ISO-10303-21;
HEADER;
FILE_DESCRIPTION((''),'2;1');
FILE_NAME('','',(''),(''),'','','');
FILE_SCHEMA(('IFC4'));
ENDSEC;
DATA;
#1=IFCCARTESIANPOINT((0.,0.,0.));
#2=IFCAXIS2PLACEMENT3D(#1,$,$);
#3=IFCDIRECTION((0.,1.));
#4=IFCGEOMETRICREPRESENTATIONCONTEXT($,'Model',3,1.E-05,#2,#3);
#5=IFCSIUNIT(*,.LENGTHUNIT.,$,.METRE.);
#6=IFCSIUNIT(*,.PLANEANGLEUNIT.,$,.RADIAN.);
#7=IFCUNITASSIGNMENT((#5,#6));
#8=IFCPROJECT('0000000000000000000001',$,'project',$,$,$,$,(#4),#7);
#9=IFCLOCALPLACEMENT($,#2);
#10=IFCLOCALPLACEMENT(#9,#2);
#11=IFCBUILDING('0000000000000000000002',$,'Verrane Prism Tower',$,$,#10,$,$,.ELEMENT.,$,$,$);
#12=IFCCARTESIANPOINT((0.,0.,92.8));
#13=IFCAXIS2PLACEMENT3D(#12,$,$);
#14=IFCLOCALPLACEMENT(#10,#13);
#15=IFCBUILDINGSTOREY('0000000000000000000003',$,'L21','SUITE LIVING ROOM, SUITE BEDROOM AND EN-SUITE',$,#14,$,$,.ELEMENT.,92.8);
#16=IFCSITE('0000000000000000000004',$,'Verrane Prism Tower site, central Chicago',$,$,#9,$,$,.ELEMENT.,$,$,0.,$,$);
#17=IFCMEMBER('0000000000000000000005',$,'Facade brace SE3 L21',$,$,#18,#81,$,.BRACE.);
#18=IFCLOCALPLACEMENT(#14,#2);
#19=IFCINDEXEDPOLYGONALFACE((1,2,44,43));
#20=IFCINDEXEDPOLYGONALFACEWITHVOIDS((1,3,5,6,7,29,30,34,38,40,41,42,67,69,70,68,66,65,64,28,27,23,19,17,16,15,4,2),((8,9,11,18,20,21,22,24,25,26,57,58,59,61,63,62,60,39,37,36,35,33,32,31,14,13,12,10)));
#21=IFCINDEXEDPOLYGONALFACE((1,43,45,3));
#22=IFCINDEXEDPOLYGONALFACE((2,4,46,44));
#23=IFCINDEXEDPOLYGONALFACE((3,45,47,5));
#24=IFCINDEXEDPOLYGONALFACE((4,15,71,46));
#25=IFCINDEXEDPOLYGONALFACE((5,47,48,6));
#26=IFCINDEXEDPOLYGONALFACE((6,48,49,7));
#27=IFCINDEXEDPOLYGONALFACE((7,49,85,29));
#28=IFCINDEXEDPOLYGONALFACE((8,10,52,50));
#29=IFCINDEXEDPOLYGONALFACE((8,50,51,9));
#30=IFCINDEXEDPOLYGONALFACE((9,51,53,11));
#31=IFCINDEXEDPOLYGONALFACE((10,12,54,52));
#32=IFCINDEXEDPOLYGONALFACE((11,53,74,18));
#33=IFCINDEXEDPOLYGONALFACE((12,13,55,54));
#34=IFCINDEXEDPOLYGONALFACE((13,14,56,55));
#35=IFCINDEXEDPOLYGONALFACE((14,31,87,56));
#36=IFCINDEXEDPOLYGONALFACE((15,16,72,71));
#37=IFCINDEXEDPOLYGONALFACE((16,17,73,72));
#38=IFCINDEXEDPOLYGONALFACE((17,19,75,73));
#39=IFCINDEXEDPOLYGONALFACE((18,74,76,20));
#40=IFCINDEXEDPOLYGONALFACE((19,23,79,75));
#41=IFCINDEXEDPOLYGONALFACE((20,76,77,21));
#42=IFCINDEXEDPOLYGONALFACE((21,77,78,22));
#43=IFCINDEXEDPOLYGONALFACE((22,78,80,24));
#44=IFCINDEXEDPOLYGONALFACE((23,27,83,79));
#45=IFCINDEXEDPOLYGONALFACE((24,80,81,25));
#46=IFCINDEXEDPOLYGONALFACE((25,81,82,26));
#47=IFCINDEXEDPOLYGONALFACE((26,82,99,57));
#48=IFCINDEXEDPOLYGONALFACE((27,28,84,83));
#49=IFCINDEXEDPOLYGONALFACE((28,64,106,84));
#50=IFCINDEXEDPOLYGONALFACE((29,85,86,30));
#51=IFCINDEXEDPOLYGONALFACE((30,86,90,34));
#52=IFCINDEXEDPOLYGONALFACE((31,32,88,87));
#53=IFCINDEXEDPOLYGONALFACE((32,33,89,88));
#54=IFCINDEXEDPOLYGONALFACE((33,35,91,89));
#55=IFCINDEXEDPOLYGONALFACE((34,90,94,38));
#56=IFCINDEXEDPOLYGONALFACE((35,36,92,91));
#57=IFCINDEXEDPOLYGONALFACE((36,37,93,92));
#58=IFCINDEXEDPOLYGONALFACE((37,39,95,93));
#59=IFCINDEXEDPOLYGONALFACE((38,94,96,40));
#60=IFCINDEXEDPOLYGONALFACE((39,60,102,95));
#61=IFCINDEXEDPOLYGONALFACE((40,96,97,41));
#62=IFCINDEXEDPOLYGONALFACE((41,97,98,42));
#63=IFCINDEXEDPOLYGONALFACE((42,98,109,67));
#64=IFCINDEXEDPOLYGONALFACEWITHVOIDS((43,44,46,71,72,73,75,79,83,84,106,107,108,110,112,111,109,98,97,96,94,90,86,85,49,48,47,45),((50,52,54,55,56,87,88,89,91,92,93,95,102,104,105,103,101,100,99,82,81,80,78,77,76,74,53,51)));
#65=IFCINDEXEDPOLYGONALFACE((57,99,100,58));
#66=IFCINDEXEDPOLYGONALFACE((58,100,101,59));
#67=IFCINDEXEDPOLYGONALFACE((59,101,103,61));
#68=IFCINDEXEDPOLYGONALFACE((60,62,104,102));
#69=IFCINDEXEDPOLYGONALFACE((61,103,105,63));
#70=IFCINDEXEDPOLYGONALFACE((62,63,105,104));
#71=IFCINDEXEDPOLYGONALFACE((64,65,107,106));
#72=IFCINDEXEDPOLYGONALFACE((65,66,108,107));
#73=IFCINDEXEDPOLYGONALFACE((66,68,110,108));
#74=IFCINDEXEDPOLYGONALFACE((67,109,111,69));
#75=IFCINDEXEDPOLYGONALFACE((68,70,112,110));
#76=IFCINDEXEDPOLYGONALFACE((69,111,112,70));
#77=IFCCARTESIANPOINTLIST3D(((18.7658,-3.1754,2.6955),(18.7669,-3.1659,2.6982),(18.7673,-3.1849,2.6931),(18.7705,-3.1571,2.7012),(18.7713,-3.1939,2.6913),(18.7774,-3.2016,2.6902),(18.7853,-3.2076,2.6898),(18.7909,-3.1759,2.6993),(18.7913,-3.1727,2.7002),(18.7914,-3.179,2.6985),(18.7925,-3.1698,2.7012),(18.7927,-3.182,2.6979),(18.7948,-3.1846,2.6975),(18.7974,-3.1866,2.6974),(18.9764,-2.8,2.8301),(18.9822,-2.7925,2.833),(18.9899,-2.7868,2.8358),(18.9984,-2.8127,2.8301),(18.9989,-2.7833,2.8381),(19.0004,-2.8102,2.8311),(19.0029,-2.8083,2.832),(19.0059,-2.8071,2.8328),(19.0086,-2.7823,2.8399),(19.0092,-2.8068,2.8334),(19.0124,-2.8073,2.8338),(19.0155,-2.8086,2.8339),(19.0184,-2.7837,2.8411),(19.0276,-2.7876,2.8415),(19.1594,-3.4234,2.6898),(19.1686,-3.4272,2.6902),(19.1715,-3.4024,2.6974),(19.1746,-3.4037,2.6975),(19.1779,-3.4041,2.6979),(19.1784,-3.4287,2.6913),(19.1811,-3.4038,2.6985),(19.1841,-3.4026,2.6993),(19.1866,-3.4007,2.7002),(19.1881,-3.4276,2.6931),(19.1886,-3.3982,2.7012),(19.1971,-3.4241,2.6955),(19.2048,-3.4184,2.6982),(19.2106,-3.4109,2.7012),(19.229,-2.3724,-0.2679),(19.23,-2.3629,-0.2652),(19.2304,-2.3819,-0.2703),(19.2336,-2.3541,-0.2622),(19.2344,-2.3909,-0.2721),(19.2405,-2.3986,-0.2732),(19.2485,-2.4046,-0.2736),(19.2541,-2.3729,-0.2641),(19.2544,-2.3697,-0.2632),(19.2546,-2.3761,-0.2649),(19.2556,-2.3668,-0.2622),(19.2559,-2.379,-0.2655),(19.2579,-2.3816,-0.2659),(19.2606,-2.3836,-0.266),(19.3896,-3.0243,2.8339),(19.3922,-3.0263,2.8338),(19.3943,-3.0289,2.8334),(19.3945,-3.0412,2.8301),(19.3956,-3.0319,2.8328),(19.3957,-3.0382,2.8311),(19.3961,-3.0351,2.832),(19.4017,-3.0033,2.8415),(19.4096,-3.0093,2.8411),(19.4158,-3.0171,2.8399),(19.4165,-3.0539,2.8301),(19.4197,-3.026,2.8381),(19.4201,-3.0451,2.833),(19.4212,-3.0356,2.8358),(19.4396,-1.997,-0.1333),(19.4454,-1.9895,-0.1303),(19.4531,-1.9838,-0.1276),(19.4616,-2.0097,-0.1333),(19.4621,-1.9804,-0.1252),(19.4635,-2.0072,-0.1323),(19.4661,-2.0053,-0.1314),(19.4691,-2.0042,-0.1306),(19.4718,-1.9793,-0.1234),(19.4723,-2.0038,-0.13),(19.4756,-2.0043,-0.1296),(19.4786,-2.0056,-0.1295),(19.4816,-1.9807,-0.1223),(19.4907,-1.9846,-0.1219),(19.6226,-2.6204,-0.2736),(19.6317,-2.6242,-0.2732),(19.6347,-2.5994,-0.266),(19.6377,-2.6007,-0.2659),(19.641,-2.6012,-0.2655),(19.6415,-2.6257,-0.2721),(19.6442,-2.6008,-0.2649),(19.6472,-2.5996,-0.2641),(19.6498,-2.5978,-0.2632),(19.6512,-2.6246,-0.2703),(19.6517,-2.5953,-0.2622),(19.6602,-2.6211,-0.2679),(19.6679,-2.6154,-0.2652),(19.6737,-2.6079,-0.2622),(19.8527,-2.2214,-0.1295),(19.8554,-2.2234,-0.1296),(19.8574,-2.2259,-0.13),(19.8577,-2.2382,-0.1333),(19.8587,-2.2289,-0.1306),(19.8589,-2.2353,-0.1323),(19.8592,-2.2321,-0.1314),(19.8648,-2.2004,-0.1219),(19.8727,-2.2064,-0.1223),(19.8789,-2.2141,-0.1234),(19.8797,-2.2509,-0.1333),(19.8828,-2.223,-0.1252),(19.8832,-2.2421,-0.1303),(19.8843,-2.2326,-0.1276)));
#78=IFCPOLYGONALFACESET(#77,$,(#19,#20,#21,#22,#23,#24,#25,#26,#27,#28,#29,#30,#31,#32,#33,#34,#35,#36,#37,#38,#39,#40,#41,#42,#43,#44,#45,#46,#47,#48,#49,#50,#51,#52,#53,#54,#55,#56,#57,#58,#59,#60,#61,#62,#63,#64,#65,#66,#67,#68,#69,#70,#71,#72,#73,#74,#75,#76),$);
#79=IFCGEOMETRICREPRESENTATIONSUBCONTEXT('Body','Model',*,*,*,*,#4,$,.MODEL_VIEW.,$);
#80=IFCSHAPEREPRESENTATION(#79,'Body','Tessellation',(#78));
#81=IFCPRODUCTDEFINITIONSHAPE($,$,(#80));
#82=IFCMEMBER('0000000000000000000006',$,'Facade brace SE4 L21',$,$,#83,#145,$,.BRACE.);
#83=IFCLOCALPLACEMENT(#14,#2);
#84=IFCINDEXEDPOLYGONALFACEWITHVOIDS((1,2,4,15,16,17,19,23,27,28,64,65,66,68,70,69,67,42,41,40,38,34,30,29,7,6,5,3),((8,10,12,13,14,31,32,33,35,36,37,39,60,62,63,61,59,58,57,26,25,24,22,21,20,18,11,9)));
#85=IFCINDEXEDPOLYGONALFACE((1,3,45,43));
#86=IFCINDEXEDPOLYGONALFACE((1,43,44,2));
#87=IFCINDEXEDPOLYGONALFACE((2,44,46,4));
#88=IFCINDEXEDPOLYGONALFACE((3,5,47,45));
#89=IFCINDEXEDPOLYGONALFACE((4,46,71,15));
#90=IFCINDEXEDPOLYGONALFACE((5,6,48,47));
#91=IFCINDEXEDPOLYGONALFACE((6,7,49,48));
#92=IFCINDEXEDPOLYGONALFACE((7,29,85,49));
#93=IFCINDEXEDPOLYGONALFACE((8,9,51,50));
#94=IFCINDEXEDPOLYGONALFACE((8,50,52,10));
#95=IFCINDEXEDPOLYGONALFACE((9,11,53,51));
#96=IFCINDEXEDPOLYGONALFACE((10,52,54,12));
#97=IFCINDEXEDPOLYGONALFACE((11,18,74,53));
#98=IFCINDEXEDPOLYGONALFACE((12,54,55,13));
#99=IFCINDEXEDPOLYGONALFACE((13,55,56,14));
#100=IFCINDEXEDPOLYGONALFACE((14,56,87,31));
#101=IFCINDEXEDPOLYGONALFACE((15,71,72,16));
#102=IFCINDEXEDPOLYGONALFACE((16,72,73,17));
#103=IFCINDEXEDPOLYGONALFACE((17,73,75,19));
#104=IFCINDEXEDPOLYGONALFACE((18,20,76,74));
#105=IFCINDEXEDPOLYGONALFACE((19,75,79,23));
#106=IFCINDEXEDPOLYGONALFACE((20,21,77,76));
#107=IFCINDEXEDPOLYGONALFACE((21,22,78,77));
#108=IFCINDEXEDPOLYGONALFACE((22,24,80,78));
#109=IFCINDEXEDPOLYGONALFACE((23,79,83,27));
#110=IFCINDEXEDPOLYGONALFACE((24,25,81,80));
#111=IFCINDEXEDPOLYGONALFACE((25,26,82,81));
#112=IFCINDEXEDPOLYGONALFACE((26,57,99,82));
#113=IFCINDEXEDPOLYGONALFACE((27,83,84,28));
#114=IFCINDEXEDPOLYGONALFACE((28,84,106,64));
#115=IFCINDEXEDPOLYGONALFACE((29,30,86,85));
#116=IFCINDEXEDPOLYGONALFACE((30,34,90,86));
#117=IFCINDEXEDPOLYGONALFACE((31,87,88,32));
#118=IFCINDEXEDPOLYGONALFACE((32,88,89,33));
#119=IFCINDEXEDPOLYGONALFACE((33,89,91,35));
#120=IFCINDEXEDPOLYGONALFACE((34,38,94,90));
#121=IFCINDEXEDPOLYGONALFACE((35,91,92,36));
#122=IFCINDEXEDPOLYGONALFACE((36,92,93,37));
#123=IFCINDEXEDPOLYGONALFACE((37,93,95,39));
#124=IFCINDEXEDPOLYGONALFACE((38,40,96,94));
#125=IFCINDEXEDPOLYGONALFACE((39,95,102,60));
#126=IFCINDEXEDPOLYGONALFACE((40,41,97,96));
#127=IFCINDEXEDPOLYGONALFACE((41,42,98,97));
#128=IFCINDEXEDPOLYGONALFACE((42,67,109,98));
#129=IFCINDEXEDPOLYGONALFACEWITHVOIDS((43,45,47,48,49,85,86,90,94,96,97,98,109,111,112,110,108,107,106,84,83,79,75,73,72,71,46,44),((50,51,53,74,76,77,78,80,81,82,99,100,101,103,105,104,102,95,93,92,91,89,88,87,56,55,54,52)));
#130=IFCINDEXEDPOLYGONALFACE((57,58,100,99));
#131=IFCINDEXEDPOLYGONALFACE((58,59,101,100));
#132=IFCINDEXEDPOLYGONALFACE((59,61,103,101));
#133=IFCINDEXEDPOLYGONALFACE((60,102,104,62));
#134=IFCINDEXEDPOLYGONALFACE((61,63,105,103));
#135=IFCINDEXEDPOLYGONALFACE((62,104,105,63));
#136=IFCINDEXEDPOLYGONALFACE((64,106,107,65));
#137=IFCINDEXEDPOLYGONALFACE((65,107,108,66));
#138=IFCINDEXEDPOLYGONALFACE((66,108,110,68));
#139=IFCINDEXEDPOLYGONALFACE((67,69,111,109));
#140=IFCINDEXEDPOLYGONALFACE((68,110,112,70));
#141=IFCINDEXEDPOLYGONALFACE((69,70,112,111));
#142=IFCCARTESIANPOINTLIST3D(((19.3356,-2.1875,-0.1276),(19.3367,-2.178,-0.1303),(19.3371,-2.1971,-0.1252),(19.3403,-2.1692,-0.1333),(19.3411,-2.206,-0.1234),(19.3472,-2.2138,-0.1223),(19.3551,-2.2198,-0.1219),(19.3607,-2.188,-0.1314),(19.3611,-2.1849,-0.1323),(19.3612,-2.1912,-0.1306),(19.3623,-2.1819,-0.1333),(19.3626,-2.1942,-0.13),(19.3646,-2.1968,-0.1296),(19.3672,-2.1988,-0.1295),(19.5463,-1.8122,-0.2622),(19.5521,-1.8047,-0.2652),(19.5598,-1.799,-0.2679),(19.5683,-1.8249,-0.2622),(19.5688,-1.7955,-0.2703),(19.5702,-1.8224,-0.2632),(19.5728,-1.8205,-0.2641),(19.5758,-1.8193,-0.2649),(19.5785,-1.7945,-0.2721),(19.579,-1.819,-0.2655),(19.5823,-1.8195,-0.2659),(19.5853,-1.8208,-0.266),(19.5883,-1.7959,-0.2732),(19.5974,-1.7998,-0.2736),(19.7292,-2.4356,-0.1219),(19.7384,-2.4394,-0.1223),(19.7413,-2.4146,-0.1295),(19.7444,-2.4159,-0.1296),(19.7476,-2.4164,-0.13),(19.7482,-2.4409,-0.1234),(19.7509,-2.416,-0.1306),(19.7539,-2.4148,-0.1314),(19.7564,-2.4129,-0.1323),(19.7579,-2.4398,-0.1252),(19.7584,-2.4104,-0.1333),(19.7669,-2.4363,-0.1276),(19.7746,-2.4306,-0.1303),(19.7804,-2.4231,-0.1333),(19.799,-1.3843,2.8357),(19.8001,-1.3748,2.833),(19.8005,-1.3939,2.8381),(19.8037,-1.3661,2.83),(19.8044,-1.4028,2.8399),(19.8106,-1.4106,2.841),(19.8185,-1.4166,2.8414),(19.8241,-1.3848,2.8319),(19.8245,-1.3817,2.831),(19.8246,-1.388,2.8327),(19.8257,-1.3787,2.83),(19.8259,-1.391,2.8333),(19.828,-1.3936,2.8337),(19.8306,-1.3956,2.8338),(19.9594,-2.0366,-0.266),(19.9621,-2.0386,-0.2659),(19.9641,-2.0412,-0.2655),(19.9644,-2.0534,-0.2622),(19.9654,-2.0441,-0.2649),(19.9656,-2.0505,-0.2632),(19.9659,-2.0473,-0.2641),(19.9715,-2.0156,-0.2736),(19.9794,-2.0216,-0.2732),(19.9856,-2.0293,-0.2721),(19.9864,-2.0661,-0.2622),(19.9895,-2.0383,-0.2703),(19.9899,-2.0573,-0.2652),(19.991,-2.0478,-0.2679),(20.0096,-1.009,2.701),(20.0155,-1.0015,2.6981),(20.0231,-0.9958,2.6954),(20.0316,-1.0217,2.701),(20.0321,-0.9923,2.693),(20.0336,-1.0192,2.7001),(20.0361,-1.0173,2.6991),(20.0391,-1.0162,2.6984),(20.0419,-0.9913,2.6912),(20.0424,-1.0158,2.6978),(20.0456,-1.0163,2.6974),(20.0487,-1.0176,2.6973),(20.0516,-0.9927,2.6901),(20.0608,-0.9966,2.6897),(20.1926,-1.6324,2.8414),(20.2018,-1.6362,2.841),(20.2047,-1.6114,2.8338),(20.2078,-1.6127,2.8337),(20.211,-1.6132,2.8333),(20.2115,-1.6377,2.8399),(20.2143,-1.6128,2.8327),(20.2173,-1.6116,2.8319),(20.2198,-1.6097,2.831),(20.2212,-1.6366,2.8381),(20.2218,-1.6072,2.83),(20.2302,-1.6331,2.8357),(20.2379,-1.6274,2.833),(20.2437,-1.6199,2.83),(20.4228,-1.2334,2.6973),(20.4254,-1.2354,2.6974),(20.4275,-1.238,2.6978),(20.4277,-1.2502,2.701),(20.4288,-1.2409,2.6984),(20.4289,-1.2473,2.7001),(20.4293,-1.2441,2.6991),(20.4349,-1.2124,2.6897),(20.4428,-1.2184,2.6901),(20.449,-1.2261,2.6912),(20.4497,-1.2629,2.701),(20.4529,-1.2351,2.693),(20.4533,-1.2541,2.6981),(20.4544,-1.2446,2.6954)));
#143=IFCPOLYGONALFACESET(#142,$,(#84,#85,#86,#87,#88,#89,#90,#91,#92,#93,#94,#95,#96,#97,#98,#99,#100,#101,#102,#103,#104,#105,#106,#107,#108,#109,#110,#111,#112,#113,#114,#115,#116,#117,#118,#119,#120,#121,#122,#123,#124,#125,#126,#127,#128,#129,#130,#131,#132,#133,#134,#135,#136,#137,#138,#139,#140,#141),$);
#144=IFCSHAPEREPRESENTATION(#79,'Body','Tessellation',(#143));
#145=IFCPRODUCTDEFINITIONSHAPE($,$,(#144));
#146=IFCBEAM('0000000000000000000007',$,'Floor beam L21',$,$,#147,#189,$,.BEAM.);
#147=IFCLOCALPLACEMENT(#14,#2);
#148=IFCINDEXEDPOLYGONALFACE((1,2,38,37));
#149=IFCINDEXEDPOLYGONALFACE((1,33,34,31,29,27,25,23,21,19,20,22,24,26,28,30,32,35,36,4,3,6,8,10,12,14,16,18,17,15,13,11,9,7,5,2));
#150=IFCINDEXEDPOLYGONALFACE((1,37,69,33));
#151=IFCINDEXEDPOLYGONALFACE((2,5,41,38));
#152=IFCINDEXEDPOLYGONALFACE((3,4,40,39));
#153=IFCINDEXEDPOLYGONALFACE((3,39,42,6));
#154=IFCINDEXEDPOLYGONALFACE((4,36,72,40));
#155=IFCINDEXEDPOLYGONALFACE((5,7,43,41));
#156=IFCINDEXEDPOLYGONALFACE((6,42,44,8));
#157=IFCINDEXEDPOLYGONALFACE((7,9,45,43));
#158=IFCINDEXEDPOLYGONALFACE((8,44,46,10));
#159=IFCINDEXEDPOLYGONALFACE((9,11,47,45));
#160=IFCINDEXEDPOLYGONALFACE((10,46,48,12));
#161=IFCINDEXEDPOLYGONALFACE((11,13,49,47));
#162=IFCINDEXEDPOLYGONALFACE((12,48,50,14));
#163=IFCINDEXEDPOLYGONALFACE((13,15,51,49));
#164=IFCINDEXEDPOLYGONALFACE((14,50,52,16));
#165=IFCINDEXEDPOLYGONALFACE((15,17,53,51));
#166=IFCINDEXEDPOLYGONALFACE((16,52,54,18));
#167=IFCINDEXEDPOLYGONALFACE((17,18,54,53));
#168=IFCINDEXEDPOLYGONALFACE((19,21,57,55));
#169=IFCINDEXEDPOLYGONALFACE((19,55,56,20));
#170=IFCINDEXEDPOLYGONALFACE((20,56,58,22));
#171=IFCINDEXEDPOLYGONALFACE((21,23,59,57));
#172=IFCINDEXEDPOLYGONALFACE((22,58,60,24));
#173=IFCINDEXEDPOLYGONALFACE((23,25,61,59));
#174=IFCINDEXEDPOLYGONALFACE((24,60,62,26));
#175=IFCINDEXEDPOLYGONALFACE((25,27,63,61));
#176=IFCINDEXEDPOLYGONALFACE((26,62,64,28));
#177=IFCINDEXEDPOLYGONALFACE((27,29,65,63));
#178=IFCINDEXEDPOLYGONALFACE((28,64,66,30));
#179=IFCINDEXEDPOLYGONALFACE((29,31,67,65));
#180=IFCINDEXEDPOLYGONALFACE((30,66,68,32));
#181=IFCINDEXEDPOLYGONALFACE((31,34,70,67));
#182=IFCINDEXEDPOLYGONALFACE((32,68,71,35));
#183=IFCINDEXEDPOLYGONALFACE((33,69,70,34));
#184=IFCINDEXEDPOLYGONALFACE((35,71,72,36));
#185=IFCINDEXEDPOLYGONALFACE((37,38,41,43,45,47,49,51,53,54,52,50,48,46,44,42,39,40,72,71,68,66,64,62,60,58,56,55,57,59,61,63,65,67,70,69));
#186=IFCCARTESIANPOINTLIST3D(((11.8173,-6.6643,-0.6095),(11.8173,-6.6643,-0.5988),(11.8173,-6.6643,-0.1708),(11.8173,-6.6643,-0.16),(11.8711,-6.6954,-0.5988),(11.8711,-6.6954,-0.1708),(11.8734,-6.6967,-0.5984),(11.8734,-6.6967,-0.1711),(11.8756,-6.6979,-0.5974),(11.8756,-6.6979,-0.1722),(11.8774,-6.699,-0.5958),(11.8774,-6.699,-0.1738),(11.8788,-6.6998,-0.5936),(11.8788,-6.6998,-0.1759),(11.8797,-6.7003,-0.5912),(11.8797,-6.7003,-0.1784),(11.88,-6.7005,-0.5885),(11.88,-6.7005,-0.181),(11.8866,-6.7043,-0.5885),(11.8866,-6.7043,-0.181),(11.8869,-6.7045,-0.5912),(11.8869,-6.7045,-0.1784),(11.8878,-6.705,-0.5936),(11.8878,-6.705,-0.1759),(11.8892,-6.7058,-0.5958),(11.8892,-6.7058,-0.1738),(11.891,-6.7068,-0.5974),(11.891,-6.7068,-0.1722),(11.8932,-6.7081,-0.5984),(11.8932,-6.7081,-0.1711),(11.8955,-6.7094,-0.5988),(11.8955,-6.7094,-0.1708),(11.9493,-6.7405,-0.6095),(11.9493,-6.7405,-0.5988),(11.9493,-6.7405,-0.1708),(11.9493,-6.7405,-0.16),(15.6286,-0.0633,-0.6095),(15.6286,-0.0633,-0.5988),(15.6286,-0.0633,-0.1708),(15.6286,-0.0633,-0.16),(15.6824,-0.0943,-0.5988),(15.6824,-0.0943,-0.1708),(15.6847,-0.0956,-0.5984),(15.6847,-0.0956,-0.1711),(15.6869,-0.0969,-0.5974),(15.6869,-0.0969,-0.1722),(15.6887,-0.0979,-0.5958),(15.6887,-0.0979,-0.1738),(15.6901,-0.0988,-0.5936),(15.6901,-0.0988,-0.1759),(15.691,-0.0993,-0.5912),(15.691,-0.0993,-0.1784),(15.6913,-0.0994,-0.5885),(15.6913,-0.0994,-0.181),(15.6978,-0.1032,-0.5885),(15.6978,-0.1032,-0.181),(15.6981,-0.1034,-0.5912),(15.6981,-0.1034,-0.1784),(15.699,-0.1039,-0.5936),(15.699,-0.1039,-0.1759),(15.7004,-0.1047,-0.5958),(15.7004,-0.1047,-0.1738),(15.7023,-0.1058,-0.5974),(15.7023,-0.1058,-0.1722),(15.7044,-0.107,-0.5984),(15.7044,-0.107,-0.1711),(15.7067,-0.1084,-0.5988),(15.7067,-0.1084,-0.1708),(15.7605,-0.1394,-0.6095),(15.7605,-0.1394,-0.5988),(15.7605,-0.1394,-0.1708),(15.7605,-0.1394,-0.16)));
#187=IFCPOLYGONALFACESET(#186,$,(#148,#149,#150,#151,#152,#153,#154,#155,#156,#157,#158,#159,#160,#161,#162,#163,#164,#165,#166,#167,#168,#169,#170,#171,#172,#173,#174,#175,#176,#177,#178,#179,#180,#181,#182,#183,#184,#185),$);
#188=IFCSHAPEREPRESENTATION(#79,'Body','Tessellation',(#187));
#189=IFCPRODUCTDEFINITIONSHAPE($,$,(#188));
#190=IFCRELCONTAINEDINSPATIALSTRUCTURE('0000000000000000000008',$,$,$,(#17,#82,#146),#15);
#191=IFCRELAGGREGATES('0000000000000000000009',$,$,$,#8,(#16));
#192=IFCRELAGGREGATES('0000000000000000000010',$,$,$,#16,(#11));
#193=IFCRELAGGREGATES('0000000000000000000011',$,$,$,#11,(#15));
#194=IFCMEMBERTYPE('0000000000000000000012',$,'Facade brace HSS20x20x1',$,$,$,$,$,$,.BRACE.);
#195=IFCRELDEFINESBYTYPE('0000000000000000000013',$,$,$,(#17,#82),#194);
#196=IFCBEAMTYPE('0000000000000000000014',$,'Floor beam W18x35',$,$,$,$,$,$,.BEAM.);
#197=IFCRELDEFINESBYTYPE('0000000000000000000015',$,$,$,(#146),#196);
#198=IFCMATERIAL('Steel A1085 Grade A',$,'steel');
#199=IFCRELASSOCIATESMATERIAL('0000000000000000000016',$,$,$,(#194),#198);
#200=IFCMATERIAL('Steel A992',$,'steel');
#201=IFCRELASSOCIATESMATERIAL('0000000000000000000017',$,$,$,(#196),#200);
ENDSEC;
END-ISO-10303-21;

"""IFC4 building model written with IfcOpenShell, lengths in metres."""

from ifc_helpers import new_model, si_unit, direction, frame, origin, origin_2d, place, context, subcontext, project, spatial, hollow_rectangle, i_section, extrude, material, material_profile, profile_set, type_object, element, save


model = new_model("IFC4")

# Units and contexts
model_context = context("Model", 3, precision=1e-05, world=origin(), true_north=direction((0.0, 1.0)))
body_context = subcontext(model_context, "Body", "Model", "MODEL_VIEW")
ifc_project = project(units=[si_unit("LENGTHUNIT", "METRE"), si_unit("PLANEANGLEUNIT", "RADIAN")], contexts=[model_context])

# Site, building, storey
site_placement = place(None, origin())
site = spatial("IfcSite", under=ifc_project, at=site_placement, Name="Verrane Prism Tower site, central Chicago", CompositionType="ELEMENT", RefElevation=0.0)
building_placement = place(site_placement, origin())
building = spatial("IfcBuilding", under=site, at=building_placement, Name="Verrane Prism Tower", CompositionType="ELEMENT")
storey_placement = place(building_placement, frame((0.0, 0.0, 92.8)))
storey = spatial("IfcBuildingStorey", under=building, at=storey_placement, Name="L21", Description="SUITE LIVING ROOM, SUITE BEDROOM AND EN-SUITE", CompositionType="ELEMENT", Elevation=92.8)

# Members
ifc_material_1 = material(Name="Steel A1085 Grade A", Category="steel")
ifc_material_profile_1 = material_profile(ifc_material_1, hollow_rectangle(XDim=0.5081, YDim=0.5081, WallThickness=0.0254, InnerFilletRadius=0.0127, OuterFilletRadius=0.0381, at=origin_2d()), Name="HSS20x20x1")
ifc_profile_set_1 = profile_set([ifc_material_profile_1], Name="Steel A1085 Grade A")
member_type_1 = type_object("IfcMemberType", Name="Facade brace HSS20x20x1", PredefinedType="BRACE", material=ifc_profile_set_1)
for number, where, z_axis, x_axis, name in (
    (1, (19.5566, -2.3025, -0.1978), (-0.149159, -0.25861, 0.954396), (0.866243, -0.499624, 0.0), "Facade brace SE3 L21"),
    (2, (19.6633, -2.1177, -0.1978), (0.149233, 0.25868, 0.954366), (-0.866194, 0.499707, 0.0), "Facade brace SE4 L21"),
):
    element("IfcMember", number, at=place(storey_placement, frame(where, z_axis=z_axis, x_axis=x_axis)), inside=storey, type_object=member_type_1, Name=name, PredefinedType="BRACE", context=body_context, shape_type="SweptSolid", body=[
        extrude(hollow_rectangle(XDim=0.5081, YDim=0.5081, WallThickness=0.0254, InnerFilletRadius=0.0127, OuterFilletRadius=0.0381, at=origin_2d()), origin(), (0.0, 0.0, 1.0), 3.105),
    ])

# Beam
ifc_material_2 = material(Name="Steel A992", Category="steel")
ifc_material_profile_2 = material_profile(ifc_material_2, i_section(OverallWidth=0.1523, OverallDepth=0.4495, WebThickness=0.0076, FlangeThickness=0.0107, FilletRadius=0.0103, at=origin_2d()), Name="W18x35")
ifc_profile_set_2 = profile_set([ifc_material_profile_2], Name="Steel A992")
beam_type_1 = type_object("IfcBeamType", Name="Floor beam W18x35", PredefinedType="BEAM", material=ifc_profile_set_2)
beam_1_placement = place(storey_placement, frame((11.8833, -6.7024, -0.3848), z_axis=(0.500014, 0.866017, 0.0), x_axis=(-0.866017, 0.500014, 0.0)))
element("IfcBeam", 3, at=beam_1_placement, inside=storey, type_object=beam_type_1, Name="Floor beam L21", PredefinedType="BEAM", context=body_context, shape_type="SweptSolid", body=[
    extrude(i_section(OverallWidth=0.1523, OverallDepth=0.4495, WebThickness=0.0076, FlangeThickness=0.0107, FilletRadius=0.0103, at=origin_2d()), origin(), (0.0, 0.0, 1.0), 7.6223),
])

save(model, "model.ifc")
